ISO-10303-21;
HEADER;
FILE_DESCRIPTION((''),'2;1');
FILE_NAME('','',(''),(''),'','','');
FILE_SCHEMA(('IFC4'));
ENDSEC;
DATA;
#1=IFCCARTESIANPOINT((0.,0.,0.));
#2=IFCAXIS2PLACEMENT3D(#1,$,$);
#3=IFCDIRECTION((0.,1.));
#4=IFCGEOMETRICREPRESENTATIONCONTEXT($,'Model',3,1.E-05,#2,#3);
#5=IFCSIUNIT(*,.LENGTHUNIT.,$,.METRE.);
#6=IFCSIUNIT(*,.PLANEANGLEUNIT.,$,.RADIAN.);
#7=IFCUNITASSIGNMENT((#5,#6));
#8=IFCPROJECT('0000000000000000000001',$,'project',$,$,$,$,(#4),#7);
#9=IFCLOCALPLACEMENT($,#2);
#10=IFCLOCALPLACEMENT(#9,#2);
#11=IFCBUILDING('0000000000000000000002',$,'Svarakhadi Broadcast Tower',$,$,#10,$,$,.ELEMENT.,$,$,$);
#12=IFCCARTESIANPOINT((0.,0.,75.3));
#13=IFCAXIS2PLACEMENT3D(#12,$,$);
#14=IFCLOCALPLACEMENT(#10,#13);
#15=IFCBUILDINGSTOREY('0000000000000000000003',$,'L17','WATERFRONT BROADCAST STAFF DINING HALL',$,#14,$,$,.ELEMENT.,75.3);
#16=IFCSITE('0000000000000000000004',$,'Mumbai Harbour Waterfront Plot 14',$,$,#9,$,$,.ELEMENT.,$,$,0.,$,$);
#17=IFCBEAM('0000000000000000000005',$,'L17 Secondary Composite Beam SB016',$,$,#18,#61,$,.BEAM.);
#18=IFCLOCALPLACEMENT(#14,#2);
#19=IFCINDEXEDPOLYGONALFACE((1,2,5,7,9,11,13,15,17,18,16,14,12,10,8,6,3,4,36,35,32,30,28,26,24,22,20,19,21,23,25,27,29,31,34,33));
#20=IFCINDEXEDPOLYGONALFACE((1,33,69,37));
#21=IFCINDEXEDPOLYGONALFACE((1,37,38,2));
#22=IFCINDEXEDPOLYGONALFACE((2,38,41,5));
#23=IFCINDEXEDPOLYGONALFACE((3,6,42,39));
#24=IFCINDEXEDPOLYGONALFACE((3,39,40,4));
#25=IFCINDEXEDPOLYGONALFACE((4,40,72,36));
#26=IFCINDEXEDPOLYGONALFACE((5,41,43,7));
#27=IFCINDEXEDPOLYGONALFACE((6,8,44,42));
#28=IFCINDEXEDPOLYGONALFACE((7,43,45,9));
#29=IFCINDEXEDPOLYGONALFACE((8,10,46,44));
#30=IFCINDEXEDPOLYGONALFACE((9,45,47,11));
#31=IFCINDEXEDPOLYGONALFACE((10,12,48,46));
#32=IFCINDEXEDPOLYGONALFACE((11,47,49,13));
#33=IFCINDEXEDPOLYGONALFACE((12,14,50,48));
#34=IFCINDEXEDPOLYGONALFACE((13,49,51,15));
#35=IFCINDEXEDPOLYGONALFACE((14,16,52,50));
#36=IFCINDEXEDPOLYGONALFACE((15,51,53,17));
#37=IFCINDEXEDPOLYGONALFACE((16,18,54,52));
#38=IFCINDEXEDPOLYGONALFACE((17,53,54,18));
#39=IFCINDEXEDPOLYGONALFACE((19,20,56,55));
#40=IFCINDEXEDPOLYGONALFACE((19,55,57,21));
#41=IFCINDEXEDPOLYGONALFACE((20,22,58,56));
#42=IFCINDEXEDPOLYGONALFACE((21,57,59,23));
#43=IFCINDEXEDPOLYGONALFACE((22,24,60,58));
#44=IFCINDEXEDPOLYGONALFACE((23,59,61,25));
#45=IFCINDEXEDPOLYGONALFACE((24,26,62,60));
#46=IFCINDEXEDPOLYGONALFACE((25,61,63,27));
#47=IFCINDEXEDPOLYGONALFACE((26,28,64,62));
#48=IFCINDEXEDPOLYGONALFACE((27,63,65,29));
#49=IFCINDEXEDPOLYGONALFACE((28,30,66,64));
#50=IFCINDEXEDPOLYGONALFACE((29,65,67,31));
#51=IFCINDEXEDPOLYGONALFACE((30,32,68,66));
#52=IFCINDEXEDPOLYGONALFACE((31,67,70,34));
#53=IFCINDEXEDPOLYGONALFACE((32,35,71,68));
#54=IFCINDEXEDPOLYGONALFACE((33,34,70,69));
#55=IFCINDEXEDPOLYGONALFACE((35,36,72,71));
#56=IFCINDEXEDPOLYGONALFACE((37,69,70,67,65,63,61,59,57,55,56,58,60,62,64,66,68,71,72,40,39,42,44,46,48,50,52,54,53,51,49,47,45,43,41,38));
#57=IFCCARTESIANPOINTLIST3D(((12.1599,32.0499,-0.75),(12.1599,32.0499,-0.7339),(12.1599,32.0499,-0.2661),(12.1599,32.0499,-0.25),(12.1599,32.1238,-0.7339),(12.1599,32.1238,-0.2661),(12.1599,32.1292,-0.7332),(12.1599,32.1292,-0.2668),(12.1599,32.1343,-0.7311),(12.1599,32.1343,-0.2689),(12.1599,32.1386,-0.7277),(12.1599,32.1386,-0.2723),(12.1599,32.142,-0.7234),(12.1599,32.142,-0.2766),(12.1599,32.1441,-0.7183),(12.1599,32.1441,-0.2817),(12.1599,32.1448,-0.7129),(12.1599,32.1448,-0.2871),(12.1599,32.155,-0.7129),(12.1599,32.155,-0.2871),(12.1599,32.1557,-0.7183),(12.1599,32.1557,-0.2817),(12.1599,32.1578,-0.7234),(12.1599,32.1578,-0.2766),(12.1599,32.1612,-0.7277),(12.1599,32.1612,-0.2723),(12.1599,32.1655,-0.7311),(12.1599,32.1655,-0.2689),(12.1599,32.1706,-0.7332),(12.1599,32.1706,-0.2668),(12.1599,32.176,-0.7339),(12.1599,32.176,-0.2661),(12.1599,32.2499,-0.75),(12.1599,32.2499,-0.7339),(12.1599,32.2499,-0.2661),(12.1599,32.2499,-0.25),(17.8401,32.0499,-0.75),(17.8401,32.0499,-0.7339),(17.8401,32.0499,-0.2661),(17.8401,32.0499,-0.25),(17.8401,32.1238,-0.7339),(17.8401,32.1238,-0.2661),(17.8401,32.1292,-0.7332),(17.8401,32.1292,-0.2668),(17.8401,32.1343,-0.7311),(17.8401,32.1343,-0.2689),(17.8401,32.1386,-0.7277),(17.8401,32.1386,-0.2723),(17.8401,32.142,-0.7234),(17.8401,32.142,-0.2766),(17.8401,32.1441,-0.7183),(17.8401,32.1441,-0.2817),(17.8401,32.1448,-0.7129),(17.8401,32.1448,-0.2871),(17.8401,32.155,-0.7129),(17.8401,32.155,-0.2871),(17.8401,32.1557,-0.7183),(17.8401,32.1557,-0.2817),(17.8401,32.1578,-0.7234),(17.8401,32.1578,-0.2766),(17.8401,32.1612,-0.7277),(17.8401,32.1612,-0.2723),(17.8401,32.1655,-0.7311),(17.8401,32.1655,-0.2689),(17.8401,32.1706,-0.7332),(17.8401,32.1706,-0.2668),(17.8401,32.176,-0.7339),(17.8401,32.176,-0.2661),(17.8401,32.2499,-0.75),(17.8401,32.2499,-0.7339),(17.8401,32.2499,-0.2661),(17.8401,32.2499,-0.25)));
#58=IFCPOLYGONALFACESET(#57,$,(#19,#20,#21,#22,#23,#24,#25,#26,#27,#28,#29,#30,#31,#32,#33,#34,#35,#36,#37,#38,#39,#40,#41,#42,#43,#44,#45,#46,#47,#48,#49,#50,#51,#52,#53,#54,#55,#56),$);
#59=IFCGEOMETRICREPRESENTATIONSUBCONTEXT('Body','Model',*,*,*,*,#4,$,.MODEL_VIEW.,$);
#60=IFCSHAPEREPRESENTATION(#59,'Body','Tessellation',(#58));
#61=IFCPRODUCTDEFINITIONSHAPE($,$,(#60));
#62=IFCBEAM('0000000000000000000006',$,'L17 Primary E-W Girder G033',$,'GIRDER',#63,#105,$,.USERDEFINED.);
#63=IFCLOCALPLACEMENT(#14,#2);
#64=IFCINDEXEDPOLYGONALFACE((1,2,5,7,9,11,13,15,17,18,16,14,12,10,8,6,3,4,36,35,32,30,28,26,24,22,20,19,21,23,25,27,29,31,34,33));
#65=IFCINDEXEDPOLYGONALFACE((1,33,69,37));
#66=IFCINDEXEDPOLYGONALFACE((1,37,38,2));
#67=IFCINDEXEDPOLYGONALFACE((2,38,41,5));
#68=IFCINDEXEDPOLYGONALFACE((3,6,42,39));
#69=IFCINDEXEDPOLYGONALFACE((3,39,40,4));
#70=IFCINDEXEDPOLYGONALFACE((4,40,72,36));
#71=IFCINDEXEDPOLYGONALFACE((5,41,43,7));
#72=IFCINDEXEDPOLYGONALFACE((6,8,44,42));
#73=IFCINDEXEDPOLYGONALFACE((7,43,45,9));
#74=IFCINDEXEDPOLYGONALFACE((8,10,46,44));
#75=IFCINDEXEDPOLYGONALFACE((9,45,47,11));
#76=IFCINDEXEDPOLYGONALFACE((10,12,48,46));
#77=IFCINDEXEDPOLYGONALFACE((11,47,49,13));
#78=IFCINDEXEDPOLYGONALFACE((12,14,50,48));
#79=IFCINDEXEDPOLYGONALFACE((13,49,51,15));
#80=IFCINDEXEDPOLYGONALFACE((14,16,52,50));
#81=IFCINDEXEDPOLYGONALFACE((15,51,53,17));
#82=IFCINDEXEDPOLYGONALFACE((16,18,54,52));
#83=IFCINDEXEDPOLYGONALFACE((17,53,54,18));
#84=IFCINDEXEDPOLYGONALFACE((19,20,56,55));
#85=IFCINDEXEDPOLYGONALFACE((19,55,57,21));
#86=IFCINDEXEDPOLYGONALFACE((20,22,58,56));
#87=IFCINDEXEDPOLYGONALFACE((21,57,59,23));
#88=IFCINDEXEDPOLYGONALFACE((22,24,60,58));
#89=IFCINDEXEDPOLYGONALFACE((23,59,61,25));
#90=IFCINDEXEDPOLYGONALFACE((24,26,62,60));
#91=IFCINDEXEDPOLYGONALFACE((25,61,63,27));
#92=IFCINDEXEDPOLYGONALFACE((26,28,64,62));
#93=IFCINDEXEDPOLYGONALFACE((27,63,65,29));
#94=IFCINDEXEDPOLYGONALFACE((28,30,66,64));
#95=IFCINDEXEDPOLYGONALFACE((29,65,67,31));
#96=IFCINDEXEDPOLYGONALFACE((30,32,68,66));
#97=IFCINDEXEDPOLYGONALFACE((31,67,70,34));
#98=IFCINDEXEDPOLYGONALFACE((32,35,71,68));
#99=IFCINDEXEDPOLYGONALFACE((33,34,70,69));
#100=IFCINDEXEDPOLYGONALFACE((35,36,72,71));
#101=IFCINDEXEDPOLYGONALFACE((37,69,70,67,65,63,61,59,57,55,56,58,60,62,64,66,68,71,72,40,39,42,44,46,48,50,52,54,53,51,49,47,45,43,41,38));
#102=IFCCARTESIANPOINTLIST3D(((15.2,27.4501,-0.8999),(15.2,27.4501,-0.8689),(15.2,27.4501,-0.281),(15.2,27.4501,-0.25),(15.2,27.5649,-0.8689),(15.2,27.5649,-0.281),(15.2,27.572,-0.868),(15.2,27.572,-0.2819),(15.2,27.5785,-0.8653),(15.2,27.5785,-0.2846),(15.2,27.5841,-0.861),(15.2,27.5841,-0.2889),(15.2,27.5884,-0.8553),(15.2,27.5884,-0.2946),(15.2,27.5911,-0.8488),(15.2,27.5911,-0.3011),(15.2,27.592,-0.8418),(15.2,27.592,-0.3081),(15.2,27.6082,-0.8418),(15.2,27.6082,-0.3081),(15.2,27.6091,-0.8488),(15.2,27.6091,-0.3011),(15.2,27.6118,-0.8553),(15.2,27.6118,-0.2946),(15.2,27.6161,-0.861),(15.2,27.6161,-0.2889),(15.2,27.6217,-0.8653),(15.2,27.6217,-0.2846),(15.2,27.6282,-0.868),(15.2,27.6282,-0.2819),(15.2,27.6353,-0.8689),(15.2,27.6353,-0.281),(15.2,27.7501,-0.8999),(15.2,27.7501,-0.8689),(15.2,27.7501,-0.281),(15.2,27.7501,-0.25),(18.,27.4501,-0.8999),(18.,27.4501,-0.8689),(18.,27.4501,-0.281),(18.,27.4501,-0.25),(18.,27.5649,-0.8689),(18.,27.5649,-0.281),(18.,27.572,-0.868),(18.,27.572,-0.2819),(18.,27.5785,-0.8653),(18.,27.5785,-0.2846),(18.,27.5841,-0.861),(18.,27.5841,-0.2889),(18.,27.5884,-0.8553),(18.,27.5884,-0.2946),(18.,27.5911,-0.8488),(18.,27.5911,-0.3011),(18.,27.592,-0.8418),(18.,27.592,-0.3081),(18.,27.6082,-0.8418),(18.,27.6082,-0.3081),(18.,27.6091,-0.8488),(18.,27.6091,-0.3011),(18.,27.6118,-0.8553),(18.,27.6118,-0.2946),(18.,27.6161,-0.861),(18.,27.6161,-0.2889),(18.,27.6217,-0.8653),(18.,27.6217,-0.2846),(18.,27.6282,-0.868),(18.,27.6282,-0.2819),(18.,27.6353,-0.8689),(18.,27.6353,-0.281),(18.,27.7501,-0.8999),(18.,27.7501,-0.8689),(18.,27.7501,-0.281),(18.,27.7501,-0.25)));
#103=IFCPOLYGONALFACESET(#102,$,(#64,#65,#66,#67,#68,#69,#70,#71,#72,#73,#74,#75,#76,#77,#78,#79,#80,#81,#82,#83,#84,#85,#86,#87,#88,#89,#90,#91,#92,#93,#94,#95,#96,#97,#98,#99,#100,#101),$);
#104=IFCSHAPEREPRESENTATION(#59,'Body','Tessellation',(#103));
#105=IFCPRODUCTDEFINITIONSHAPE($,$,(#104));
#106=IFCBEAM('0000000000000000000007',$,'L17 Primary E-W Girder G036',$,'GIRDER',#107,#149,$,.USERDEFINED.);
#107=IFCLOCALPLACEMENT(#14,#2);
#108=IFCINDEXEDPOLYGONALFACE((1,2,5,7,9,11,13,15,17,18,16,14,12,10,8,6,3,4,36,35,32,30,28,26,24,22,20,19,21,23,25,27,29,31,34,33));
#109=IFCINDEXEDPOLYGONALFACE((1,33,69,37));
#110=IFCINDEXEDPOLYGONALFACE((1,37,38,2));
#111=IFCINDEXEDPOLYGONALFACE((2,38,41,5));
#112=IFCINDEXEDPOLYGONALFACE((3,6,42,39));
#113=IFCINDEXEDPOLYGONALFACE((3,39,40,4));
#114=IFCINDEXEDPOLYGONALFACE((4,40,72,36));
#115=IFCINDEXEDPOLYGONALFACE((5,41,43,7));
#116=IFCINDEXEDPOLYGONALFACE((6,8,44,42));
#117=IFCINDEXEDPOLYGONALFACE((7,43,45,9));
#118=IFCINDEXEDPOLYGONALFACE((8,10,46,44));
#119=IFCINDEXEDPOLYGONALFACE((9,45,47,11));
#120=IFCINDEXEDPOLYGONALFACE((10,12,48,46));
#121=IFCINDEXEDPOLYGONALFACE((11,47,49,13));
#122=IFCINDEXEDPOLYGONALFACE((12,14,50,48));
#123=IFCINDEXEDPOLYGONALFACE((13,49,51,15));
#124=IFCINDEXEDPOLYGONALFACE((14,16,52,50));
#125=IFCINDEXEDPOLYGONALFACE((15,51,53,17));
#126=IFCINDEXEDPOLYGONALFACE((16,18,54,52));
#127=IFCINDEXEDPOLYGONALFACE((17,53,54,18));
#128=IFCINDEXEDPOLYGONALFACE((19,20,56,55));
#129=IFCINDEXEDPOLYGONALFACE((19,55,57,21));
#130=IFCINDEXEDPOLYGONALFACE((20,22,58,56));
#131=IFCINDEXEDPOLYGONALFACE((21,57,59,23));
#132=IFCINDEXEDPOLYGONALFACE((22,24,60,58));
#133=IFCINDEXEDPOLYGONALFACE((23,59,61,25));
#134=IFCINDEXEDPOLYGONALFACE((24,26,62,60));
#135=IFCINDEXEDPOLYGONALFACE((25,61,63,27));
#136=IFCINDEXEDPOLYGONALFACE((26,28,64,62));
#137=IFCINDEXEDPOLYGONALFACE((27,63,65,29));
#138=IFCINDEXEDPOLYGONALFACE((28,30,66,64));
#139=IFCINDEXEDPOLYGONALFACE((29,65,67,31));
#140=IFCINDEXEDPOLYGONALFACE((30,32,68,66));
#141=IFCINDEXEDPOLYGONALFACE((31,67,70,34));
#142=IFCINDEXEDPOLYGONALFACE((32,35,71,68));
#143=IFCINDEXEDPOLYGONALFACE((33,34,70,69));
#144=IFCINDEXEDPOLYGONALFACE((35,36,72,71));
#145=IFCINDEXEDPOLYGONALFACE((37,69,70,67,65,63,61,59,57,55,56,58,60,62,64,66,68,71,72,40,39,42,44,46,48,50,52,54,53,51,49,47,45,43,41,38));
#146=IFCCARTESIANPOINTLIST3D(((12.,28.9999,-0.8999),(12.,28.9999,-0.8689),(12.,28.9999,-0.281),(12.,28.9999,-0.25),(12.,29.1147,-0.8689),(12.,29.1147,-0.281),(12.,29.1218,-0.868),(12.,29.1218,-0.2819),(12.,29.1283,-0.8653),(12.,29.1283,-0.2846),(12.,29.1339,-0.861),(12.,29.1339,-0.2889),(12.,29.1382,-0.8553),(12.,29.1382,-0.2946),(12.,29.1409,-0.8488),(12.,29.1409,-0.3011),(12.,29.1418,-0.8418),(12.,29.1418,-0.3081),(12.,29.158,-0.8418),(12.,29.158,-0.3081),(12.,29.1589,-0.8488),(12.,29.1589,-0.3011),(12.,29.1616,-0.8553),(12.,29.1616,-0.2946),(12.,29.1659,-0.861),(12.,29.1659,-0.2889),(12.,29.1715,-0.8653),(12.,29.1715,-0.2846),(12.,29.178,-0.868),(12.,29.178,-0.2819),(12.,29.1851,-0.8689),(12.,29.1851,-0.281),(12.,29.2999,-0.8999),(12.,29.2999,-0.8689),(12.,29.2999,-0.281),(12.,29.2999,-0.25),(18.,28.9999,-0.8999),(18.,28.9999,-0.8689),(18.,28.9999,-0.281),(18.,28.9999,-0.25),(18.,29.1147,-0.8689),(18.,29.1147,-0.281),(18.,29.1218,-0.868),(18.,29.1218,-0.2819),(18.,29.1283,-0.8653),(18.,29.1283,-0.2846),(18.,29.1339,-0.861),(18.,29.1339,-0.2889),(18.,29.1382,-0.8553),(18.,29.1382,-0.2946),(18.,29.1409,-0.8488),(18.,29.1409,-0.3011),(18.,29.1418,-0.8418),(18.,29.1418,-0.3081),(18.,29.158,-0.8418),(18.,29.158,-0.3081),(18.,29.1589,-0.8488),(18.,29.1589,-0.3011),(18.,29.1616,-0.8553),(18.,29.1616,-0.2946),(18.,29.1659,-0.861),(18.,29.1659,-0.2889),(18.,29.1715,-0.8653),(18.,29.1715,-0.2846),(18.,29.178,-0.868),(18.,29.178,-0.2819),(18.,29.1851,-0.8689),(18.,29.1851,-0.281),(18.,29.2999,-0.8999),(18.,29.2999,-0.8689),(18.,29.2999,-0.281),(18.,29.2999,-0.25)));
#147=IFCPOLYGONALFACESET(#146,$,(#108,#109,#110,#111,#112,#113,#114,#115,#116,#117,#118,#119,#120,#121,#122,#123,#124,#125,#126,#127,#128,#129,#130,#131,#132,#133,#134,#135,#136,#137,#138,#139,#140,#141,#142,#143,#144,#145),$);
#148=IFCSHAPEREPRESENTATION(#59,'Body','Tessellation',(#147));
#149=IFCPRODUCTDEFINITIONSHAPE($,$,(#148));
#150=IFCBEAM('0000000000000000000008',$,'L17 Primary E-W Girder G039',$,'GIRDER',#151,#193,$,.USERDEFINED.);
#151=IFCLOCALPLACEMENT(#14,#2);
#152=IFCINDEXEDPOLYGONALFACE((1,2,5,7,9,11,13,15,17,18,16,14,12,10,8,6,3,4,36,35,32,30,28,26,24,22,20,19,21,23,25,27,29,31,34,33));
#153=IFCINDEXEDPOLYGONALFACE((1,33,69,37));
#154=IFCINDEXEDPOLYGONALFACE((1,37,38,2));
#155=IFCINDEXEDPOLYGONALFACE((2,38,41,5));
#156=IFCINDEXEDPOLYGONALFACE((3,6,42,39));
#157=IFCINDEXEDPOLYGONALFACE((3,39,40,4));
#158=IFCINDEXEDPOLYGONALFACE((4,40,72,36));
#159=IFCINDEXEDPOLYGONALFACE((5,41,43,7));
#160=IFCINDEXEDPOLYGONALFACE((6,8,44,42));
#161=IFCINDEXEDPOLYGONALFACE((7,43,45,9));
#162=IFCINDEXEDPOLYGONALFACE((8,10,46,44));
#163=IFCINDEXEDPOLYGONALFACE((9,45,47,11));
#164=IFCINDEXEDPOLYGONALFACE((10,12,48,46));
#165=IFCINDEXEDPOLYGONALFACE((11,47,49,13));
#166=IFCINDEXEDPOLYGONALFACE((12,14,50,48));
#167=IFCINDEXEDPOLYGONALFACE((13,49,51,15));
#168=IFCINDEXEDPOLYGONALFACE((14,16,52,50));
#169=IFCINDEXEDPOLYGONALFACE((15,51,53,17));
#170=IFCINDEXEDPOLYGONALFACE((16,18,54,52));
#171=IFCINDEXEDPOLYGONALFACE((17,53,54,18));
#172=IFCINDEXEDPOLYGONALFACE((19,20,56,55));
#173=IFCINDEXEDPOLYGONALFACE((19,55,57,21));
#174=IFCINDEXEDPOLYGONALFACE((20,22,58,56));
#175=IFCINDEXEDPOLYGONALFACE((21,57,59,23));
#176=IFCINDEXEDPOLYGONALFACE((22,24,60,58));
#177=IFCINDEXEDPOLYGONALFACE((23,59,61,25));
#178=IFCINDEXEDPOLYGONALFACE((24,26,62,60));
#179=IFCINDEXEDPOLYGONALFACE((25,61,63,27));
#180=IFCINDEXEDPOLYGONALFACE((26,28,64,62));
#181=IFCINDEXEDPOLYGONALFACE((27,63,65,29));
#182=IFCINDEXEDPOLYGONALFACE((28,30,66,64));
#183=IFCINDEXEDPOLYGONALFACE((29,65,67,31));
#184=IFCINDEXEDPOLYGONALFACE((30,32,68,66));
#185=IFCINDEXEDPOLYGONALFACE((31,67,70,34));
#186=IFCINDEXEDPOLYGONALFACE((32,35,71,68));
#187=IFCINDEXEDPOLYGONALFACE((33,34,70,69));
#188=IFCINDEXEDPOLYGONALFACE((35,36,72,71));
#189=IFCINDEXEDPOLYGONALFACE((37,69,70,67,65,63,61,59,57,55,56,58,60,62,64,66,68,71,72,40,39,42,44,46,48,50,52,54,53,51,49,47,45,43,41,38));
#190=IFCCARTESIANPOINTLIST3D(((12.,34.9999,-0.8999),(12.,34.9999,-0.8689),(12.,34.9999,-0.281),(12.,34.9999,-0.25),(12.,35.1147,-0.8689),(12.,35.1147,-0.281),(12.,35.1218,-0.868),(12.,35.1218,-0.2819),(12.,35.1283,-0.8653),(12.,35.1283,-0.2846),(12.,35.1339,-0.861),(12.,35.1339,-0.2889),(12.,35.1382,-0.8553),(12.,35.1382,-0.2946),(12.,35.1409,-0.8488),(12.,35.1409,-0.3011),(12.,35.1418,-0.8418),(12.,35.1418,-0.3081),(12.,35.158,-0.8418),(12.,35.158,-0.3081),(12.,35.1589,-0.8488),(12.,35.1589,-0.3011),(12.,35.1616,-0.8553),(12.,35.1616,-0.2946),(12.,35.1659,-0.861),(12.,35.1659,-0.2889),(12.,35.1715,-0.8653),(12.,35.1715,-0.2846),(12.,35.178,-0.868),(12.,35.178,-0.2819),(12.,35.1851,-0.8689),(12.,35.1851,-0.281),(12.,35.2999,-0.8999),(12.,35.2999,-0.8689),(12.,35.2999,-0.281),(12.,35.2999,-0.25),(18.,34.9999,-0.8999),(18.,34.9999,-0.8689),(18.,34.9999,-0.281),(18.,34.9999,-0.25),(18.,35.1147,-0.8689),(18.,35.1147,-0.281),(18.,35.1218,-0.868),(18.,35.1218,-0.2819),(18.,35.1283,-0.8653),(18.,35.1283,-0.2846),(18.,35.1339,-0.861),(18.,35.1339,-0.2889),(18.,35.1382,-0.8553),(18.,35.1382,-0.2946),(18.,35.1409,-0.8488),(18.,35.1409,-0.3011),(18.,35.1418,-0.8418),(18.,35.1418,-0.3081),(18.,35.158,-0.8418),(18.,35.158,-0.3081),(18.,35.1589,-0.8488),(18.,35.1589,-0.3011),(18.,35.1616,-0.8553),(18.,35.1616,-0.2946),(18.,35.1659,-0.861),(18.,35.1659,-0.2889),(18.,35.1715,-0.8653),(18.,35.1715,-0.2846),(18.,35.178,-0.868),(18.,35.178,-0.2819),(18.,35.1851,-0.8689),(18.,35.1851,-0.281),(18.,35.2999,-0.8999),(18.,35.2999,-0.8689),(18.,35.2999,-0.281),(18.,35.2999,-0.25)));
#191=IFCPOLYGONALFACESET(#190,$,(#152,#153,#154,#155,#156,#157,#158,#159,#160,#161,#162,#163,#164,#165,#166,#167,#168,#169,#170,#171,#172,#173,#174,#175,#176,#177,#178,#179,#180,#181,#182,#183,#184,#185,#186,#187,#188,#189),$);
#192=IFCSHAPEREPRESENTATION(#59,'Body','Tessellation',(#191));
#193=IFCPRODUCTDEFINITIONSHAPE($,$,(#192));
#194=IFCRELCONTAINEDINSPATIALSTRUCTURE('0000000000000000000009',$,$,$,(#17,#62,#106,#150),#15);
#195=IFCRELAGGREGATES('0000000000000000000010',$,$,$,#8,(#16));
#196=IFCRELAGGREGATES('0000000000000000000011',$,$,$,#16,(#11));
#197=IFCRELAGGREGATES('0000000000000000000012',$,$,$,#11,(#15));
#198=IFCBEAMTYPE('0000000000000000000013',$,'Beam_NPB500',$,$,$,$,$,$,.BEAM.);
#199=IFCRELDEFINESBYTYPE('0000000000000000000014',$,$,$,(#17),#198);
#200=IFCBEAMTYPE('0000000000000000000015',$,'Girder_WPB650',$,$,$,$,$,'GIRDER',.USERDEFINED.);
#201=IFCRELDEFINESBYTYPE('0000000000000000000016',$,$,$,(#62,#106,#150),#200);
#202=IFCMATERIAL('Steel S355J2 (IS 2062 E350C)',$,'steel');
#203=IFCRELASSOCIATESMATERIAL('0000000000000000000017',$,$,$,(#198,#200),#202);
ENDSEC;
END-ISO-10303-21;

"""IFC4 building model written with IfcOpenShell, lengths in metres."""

from ifc_helpers import new_model, si_unit, direction, frame, origin, origin_2d, place, context, subcontext, project, spatial, i_section, extrude, material, material_profile, profile_set, type_object, element, save


model = new_model("IFC4")

# Units and contexts
model_context = context("Model", 3, precision=1e-05, world=origin(), true_north=direction((0.0, 1.0)))
body_context = subcontext(model_context, "Body", "Model", "MODEL_VIEW")
ifc_project = project(units=[si_unit("LENGTHUNIT", "METRE"), si_unit("PLANEANGLEUNIT", "RADIAN")], contexts=[model_context])

# Site, building, storey
site_placement = place(None, origin())
site = spatial("IfcSite", under=ifc_project, at=site_placement, Name="Mumbai Harbour Waterfront Plot 14", CompositionType="ELEMENT", RefElevation=0.0)
building_placement = place(site_placement, origin())
building = spatial("IfcBuilding", under=site, at=building_placement, Name="Svarakhadi Broadcast Tower", CompositionType="ELEMENT")
storey_placement = place(building_placement, frame((0.0, 0.0, 75.3)))
storey = spatial("IfcBuildingStorey", under=building, at=storey_placement, Name="L17", Description="WATERFRONT BROADCAST STAFF DINING HALL", CompositionType="ELEMENT", Elevation=75.3)

# Beams
ifc_material_1 = material(Name="Steel S355J2 (IS 2062 E350C)", Category="steel")
ifc_material_profile_1 = material_profile(ifc_material_1, i_section(OverallWidth=0.2, OverallDepth=0.5, WebThickness=0.0103, FlangeThickness=0.0161, FilletRadius=0.021, at=origin_2d()), Name="NPB 500x200x91")
ifc_profile_set_1 = profile_set([ifc_material_profile_1], Name="Steel S355J2 (IS 2062 E350C)")
beam_type_1 = type_object("IfcBeamType", Name="Beam_NPB500", PredefinedType="BEAM", material=ifc_profile_set_1)
beam_1_placement = place(storey_placement, frame((12.1599, 32.1499, -0.5), z_axis=(1.0, 0.0, 0.0), x_axis=(0.0, 1.0, 0.0)))
element("IfcBeam", 1, at=beam_1_placement, inside=storey, type_object=beam_type_1, Name="L17 Secondary Composite Beam SB016", PredefinedType="BEAM", context=body_context, shape_type="SweptSolid", body=[
    extrude(i_section(OverallWidth=0.2, OverallDepth=0.5, WebThickness=0.0103, FlangeThickness=0.0161, FilletRadius=0.021, at=origin_2d()), origin(), (0.0, 0.0, 1.0), 5.6802),
])
ifc_material_profile_2 = material_profile(ifc_material_1, i_section(OverallWidth=0.3, OverallDepth=0.6499, WebThickness=0.0161, FlangeThickness=0.031, FilletRadius=0.0271, at=origin_2d()), Name="WPB 650x300x225")
ifc_profile_set_2 = profile_set([ifc_material_profile_2], Name="Steel S355J2 (IS 2062 E350C)")
beam_type_2 = type_object("IfcBeamType", Name="Girder_WPB650", ElementType="GIRDER", PredefinedType="USERDEFINED", material=ifc_profile_set_2)
beam_2_placement = place(storey_placement, frame((15.2, 27.6001, -0.575), z_axis=(1.0, 0.0, 0.0), x_axis=(0.0, 1.0, 0.0)))
element("IfcBeam", 2, at=beam_2_placement, inside=storey, type_object=beam_type_2, Name="L17 Primary E-W Girder G033", ObjectType="GIRDER", PredefinedType="USERDEFINED", context=body_context, shape_type="SweptSolid", body=[
    extrude(i_section(OverallWidth=0.3, OverallDepth=0.6499, WebThickness=0.0161, FlangeThickness=0.031, FilletRadius=0.0271, at=origin_2d()), origin(), (0.0, 0.0, 1.0), 2.8),
])
for number, where, z_axis, x_axis, name in (
    (3, (12.0, 29.1499, -0.575), (1.0, 0.0, 0.0), (0.0, 1.0, 0.0), "L17 Primary E-W Girder G036"),
    (4, (12.0, 35.1499, -0.575), (1.0, 0.0, 0.0), (0.0, 1.0, 0.0), "L17 Primary E-W Girder G039"),
):
    element("IfcBeam", number, at=place(storey_placement, frame(where, z_axis=z_axis, x_axis=x_axis)), inside=storey, type_object=beam_type_2, Name=name, ObjectType="GIRDER", PredefinedType="USERDEFINED", context=body_context, shape_type="SweptSolid", body=[
        extrude(i_section(OverallWidth=0.3, OverallDepth=0.6499, WebThickness=0.0161, FlangeThickness=0.031, FilletRadius=0.0271, at=origin_2d()), origin(), (0.0, 0.0, 1.0), 6.0),
    ])

save(model, "model.ifc")
